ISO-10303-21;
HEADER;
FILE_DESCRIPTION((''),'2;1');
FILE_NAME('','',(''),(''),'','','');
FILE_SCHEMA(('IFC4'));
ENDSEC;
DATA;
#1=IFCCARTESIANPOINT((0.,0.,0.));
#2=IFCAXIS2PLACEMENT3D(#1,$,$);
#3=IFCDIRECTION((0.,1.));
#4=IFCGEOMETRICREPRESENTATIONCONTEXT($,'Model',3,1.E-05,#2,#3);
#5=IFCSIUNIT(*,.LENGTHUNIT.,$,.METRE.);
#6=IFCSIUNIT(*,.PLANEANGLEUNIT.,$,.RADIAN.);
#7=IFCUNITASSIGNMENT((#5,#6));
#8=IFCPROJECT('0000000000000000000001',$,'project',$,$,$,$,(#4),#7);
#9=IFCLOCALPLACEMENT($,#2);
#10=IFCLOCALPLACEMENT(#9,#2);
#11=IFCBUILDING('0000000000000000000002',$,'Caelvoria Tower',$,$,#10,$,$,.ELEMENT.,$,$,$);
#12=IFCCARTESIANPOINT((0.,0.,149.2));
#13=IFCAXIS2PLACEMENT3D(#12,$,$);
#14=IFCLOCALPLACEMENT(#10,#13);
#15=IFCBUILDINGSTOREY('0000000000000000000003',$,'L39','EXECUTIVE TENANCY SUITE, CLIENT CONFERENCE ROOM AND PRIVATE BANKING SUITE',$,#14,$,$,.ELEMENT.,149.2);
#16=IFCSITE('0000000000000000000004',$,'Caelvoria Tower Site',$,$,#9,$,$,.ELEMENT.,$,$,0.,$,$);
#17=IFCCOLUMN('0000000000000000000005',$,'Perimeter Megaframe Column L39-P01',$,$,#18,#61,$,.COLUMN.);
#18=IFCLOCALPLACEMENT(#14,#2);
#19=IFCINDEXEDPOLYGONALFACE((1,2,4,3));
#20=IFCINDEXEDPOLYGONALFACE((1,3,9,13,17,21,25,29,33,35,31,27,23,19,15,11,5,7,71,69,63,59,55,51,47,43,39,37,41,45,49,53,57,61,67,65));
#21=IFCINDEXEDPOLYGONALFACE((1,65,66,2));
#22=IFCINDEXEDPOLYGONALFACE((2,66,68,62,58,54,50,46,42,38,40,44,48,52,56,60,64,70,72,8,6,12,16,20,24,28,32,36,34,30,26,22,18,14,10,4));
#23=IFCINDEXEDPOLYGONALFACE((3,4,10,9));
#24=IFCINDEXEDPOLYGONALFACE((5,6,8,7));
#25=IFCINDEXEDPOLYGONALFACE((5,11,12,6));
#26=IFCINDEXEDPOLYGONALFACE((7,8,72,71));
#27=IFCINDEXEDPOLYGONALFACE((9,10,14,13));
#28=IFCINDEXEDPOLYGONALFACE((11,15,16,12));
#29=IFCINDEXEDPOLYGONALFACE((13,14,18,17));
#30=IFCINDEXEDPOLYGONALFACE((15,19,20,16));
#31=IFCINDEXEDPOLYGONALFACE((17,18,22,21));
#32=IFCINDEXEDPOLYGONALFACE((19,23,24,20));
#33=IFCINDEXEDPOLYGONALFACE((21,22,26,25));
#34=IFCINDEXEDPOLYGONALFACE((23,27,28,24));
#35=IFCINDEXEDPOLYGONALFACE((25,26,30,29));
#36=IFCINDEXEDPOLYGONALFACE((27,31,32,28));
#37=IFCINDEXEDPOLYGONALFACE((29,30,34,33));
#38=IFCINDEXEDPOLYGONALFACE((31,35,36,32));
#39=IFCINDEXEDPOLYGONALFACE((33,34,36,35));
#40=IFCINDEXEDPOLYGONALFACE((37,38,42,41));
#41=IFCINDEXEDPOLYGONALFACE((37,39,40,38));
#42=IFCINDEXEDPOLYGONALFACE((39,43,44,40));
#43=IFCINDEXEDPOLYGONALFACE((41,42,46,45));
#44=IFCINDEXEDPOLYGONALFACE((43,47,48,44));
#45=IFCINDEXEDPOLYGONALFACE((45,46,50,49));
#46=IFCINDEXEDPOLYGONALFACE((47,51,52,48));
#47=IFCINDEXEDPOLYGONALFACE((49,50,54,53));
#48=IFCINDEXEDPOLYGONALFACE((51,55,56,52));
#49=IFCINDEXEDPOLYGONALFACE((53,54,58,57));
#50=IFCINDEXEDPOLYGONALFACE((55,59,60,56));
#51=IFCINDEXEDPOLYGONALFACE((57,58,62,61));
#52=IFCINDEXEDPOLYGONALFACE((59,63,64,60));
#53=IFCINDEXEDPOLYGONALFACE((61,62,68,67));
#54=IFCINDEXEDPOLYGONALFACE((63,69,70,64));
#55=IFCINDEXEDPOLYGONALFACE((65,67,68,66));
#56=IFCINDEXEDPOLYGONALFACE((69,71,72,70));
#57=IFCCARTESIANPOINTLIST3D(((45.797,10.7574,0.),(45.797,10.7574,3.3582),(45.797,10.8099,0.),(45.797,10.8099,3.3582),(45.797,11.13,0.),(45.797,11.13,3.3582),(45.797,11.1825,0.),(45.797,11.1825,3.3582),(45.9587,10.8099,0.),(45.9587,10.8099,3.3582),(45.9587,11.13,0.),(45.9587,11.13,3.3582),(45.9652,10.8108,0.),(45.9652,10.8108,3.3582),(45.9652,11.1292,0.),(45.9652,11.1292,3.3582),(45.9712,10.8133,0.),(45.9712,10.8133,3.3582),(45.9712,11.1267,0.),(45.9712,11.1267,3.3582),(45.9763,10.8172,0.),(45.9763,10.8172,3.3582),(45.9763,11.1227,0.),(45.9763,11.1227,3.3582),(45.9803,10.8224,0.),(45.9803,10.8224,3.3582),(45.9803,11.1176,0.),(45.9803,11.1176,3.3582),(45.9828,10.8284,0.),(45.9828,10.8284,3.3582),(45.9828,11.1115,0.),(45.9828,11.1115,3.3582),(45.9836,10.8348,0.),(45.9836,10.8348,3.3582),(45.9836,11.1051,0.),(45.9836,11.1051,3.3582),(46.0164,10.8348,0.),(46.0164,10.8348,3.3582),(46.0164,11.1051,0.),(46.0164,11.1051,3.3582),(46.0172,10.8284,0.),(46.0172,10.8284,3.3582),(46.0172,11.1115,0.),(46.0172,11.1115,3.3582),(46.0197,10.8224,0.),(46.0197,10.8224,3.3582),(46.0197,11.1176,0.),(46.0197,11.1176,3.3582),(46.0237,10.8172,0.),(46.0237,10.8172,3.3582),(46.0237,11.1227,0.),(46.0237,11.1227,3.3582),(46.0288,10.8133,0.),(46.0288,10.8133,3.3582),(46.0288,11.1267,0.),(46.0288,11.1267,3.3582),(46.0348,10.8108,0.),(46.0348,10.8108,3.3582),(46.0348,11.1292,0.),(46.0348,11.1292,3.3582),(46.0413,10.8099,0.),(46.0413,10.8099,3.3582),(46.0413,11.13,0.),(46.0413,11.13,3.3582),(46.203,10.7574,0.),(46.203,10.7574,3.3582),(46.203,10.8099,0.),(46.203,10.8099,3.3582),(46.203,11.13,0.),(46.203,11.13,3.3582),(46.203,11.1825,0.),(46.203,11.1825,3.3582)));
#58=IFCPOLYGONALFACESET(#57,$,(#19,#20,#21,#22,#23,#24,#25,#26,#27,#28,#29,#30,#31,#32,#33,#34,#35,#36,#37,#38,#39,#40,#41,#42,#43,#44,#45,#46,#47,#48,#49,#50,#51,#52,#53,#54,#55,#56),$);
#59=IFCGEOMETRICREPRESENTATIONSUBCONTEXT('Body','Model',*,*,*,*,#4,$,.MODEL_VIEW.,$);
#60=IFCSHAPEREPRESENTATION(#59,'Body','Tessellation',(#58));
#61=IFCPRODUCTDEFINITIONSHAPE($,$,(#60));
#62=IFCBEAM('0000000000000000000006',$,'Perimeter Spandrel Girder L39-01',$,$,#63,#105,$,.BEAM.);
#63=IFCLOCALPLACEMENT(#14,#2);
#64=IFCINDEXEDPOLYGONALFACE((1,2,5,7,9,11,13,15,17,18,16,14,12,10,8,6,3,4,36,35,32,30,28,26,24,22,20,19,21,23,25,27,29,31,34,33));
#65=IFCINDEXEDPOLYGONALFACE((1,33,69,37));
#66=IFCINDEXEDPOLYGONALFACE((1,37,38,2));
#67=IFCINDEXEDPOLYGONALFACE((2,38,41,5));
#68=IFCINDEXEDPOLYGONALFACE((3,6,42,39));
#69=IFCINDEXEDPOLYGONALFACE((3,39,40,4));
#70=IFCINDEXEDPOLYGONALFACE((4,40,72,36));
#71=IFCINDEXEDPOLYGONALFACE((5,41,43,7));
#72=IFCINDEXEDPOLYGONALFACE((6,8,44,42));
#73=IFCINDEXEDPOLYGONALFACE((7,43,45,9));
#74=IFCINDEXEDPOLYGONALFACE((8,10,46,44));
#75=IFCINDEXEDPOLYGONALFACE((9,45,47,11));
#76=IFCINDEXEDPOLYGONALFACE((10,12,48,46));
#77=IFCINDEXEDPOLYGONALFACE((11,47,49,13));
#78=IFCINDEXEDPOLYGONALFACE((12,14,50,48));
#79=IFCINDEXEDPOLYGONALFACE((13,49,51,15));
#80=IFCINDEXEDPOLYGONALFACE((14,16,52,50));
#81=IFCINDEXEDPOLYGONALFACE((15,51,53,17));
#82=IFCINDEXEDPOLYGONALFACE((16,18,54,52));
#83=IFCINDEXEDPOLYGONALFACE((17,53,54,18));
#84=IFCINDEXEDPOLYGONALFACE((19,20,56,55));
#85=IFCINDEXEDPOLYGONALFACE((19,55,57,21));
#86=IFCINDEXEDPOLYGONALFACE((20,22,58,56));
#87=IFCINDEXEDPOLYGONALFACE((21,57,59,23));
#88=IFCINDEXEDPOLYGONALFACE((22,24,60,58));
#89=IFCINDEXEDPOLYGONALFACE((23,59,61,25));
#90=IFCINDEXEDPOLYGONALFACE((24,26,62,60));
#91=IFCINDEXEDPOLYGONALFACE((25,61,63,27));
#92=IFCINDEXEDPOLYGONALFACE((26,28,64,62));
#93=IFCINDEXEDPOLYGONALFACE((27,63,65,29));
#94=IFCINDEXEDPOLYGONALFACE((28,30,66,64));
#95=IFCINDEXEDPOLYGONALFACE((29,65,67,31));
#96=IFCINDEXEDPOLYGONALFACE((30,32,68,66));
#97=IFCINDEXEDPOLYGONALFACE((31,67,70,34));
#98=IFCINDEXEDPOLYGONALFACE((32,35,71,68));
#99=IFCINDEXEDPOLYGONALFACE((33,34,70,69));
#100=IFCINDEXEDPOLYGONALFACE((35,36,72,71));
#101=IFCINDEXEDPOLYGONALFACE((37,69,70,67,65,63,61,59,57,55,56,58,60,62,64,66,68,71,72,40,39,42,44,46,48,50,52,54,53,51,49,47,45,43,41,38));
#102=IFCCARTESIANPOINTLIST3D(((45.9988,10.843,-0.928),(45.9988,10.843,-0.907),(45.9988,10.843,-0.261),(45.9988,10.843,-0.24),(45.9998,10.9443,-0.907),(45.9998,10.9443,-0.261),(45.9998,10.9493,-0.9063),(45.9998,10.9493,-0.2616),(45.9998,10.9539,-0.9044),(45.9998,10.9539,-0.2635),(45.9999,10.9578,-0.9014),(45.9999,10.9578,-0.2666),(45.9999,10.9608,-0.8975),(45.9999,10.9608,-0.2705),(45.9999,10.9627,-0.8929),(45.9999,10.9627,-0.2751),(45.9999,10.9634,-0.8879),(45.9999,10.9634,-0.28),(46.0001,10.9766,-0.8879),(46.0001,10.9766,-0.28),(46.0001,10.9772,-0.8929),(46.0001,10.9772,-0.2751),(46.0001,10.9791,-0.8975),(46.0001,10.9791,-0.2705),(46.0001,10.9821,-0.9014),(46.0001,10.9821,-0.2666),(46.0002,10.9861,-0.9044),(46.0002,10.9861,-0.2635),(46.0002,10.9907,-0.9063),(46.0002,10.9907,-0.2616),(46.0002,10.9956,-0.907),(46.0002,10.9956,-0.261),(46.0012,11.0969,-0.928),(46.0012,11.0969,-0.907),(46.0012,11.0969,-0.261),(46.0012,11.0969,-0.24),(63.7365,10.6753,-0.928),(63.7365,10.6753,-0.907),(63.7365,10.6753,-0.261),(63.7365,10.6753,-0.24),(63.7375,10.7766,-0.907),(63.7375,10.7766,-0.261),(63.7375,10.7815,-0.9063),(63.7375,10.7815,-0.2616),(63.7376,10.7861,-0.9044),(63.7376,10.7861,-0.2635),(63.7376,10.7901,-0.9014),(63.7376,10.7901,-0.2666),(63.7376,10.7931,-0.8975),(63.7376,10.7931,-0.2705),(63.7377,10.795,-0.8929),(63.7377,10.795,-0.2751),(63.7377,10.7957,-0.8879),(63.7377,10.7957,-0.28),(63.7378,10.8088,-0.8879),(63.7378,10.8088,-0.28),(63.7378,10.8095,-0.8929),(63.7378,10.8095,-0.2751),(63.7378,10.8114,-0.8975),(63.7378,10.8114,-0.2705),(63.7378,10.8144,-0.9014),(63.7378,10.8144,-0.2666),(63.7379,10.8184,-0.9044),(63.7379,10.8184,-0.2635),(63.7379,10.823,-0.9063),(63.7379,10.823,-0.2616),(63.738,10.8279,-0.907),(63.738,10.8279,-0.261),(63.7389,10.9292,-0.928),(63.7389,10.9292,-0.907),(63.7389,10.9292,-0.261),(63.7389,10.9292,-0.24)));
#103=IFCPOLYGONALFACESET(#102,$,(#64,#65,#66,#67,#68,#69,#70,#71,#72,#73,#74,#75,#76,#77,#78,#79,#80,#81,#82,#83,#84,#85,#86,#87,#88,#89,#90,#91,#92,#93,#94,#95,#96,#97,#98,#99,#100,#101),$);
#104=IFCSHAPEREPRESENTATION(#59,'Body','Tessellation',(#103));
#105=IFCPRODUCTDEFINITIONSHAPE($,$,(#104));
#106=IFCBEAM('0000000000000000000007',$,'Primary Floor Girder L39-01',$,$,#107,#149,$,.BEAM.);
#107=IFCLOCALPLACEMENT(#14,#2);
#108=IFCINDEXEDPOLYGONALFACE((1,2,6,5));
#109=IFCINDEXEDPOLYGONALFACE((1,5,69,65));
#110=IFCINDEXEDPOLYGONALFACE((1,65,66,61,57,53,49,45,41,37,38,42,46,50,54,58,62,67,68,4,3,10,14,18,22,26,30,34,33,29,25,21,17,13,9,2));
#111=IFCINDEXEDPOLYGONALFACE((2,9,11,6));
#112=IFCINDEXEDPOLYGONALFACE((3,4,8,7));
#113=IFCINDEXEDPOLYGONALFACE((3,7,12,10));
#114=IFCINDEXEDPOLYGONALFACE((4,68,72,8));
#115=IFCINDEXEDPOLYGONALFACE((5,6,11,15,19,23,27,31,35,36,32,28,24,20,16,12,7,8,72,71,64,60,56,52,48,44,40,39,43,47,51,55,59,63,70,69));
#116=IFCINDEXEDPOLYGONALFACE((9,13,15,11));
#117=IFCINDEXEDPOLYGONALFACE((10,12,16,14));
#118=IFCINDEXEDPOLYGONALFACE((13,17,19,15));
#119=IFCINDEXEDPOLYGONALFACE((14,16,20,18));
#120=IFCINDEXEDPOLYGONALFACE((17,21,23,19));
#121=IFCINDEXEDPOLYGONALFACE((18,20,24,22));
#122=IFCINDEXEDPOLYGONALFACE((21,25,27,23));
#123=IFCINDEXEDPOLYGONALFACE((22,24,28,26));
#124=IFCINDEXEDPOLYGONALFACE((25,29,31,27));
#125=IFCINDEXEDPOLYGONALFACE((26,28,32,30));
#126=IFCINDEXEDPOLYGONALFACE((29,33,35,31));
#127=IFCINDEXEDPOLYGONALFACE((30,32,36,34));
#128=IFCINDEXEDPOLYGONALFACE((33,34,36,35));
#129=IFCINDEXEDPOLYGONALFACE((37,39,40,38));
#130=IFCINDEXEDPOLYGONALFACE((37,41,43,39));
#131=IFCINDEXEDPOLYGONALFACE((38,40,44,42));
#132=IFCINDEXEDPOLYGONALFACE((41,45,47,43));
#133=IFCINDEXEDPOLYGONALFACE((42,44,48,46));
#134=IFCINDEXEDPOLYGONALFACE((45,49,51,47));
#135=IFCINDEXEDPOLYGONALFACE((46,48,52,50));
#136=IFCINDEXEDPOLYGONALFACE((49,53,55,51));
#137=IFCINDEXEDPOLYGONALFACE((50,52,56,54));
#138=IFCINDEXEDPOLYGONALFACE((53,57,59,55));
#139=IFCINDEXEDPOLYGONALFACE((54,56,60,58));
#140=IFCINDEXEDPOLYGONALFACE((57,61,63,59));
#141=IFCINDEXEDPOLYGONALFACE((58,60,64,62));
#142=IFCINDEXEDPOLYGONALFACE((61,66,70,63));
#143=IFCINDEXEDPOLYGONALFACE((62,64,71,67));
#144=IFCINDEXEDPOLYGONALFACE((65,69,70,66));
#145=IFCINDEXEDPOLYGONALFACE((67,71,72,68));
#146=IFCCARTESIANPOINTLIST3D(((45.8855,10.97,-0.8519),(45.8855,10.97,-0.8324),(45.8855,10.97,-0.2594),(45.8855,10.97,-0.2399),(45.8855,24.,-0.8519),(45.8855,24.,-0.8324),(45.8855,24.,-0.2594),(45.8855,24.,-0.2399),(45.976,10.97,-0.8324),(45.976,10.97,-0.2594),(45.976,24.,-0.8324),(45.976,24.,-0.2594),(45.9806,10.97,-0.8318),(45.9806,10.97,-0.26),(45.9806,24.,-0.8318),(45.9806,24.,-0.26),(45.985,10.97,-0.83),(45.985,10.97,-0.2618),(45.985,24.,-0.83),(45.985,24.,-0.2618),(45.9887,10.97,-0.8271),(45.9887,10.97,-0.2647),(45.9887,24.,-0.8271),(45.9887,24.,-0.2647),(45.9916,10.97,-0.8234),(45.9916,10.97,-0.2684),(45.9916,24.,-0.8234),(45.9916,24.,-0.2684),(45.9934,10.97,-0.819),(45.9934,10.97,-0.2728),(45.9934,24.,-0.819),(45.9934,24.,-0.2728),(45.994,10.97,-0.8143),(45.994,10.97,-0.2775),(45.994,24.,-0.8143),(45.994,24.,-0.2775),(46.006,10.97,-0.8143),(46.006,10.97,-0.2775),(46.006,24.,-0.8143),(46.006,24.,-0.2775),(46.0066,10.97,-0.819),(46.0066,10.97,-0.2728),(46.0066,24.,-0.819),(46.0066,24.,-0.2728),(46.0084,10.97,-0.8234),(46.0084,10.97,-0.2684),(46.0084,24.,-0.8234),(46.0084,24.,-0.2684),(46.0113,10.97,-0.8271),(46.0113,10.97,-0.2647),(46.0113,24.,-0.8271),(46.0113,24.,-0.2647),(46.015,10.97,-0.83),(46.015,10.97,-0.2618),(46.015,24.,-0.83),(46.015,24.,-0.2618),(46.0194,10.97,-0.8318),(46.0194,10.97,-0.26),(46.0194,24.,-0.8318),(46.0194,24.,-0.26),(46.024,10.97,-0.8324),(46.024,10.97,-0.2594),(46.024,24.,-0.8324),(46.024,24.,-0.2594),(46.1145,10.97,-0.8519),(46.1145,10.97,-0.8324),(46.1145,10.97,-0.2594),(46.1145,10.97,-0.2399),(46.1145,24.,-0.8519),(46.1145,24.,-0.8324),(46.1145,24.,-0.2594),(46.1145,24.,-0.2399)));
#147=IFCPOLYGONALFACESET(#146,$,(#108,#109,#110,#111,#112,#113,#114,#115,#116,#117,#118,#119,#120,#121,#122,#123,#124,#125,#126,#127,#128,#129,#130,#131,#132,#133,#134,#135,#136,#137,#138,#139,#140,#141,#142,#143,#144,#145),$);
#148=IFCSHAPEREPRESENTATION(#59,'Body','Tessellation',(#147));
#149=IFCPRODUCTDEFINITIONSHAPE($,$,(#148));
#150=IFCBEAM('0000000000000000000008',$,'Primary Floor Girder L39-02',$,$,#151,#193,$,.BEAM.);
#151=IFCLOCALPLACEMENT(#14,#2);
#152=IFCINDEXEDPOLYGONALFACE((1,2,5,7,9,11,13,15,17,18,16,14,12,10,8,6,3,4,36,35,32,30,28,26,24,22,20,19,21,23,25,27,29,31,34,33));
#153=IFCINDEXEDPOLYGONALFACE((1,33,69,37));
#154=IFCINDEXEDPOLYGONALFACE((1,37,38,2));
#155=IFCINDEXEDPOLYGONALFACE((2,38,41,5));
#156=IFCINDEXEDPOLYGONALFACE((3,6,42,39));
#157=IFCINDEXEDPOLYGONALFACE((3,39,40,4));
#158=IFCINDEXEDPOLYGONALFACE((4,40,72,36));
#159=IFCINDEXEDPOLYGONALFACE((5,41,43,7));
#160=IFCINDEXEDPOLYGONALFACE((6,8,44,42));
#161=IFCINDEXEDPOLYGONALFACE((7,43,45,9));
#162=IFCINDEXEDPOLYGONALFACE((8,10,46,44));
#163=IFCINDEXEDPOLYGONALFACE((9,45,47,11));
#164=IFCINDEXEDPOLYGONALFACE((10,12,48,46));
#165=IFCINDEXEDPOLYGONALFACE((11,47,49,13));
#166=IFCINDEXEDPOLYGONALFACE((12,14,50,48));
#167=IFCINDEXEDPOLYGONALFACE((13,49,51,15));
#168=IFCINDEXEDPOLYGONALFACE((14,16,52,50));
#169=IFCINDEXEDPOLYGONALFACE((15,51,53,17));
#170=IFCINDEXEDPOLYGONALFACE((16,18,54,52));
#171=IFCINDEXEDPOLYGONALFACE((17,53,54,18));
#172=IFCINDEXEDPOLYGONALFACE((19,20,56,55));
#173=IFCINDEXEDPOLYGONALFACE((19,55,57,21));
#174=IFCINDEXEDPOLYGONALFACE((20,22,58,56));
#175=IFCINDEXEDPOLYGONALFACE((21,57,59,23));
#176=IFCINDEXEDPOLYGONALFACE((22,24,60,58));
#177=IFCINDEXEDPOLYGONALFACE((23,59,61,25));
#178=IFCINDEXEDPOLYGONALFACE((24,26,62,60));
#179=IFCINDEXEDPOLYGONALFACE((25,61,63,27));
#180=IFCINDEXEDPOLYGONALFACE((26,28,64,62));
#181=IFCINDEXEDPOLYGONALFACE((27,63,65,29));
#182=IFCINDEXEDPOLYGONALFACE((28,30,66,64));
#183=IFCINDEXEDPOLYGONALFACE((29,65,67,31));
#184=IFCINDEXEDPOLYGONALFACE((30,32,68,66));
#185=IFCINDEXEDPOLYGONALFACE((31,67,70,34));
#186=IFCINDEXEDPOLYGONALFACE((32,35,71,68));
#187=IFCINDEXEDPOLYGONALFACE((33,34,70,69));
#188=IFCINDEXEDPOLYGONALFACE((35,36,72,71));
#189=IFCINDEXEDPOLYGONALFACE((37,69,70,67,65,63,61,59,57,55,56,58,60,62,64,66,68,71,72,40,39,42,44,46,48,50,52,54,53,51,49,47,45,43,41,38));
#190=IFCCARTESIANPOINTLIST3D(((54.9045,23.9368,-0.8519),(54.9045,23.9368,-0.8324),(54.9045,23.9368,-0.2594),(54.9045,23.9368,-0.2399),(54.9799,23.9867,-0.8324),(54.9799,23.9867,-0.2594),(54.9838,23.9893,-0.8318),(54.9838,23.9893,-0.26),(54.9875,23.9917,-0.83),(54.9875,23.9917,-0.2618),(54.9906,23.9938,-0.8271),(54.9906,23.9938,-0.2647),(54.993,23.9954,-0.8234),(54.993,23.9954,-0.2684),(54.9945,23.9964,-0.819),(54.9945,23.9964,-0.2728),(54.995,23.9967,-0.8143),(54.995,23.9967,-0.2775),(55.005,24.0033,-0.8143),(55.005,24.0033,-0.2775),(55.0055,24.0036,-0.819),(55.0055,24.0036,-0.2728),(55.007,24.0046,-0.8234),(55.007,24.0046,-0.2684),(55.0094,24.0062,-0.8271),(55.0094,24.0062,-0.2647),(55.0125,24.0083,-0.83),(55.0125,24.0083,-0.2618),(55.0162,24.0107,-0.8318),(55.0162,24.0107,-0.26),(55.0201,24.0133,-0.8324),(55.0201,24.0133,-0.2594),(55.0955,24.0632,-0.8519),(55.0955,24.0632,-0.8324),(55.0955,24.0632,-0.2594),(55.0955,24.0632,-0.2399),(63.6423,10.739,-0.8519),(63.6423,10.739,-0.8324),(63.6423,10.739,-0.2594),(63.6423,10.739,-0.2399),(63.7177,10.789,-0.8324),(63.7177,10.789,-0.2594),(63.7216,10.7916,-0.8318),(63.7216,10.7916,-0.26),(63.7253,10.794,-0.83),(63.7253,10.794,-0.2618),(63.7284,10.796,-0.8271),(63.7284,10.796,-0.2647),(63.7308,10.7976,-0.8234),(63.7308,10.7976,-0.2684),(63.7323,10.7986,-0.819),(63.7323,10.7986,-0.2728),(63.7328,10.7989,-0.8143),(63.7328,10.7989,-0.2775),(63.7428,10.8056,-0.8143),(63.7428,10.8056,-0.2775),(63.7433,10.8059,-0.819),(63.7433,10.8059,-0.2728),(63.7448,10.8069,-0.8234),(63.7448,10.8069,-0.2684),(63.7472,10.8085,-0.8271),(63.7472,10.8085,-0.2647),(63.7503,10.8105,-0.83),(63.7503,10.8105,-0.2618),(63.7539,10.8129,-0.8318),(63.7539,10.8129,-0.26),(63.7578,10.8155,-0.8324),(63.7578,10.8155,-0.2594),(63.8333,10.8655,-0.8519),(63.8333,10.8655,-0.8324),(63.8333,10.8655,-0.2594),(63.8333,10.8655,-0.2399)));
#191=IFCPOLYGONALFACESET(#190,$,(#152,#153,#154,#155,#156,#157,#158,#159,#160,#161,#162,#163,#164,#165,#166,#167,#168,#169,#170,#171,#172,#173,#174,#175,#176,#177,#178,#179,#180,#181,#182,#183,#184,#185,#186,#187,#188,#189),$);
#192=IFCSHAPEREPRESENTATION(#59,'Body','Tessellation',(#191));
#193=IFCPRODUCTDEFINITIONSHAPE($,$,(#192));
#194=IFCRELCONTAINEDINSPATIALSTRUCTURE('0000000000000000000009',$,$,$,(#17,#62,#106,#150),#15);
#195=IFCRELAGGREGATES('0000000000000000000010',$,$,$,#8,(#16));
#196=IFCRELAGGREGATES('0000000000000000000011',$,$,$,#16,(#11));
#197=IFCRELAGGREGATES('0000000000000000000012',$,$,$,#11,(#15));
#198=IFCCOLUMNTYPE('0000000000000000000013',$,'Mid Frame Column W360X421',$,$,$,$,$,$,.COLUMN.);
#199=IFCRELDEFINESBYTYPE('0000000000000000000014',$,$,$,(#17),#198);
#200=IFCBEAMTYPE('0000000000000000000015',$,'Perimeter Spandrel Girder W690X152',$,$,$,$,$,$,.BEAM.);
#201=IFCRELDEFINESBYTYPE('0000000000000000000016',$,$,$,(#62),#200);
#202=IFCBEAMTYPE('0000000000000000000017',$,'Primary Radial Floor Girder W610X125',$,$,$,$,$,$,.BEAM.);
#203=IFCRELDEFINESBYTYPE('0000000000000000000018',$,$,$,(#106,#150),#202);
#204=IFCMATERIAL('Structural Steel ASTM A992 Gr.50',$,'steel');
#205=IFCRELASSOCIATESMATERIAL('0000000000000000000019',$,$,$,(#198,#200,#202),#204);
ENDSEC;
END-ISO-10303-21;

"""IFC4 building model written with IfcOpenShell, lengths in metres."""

from ifc_helpers import new_model, si_unit, direction, frame, origin, origin_2d, place, context, subcontext, project, spatial, i_section, extrude, material, material_profile, profile_set, type_object, element, save


model = new_model("IFC4")

# Units and contexts
model_context = context("Model", 3, precision=1e-05, world=origin(), true_north=direction((0.0, 1.0)))
body_context = subcontext(model_context, "Body", "Model", "MODEL_VIEW")
ifc_project = project(units=[si_unit("LENGTHUNIT", "METRE"), si_unit("PLANEANGLEUNIT", "RADIAN")], contexts=[model_context])

# Site, building, storey
site_placement = place(None, origin())
site = spatial("IfcSite", under=ifc_project, at=site_placement, Name="Caelvoria Tower Site", CompositionType="ELEMENT", RefElevation=0.0)
building_placement = place(site_placement, origin())
building = spatial("IfcBuilding", under=site, at=building_placement, Name="Caelvoria Tower", CompositionType="ELEMENT")
storey_placement = place(building_placement, frame((0.0, 0.0, 149.2)))
storey = spatial("IfcBuildingStorey", under=building, at=storey_placement, Name="L39", Description="EXECUTIVE TENANCY SUITE, CLIENT CONFERENCE ROOM AND PRIVATE BANKING SUITE", CompositionType="ELEMENT", Elevation=149.2)

# Column
ifc_material_1 = material(Name="Structural Steel ASTM A992 Gr.50", Category="steel")
ifc_material_profile_1 = material_profile(ifc_material_1, i_section(OverallWidth=0.406, OverallDepth=0.425, WebThickness=0.0327, FlangeThickness=0.0525, FilletRadius=0.0249, at=origin_2d()), Name="Structural Steel ASTM A992 Gr.50")
ifc_profile_set_1 = profile_set([ifc_material_profile_1], Name="W360X421 - Structural Steel ASTM A992 Gr.50")
column_type = type_object("IfcColumnType", Name="Mid Frame Column W360X421", PredefinedType="COLUMN", material=ifc_profile_set_1)
column_placement = place(storey_placement, frame((46.0, 10.97, 0.0), z_axis=(0.0, 0.0, 1.0), x_axis=(1.0, 0.0, 0.0)))
element("IfcColumn", 1, at=column_placement, inside=storey, type_object=column_type, Name="Perimeter Megaframe Column L39-P01", PredefinedType="COLUMN", context=body_context, shape_type="SweptSolid", body=[
    extrude(i_section(OverallWidth=0.406, OverallDepth=0.425, WebThickness=0.0327, FlangeThickness=0.0525, FilletRadius=0.0249, at=origin_2d()), origin(), (0.0, 0.0, 1.0), 3.3582),
])

# Beams
ifc_material_profile_2 = material_profile(ifc_material_1, i_section(OverallWidth=0.2539, OverallDepth=0.688, WebThickness=0.0132, FlangeThickness=0.021, FilletRadius=0.019, at=origin_2d()), Name="Structural Steel ASTM A992 Gr.50")
ifc_profile_set_2 = profile_set([ifc_material_profile_2], Name="W690X152 - Structural Steel ASTM A992 Gr.50")
beam_type_1 = type_object("IfcBeamType", Name="Perimeter Spandrel Girder W690X152", PredefinedType="BEAM", material=ifc_profile_set_2)
beam_1_placement = place(storey_placement, frame((46.0, 10.97, -0.584), z_axis=(0.999955, -0.009455, 0.0), x_axis=(0.009455, 0.999955, 0.0)))
element("IfcBeam", 2, at=beam_1_placement, inside=storey, type_object=beam_type_1, Name="Perimeter Spandrel Girder L39-01", PredefinedType="BEAM", context=body_context, shape_type="SweptSolid", body=[
    extrude(i_section(OverallWidth=0.2539, OverallDepth=0.688, WebThickness=0.0132, FlangeThickness=0.021, FilletRadius=0.019, at=origin_2d()), origin(), (0.0, 0.0, 1.0), 17.7385),
])
ifc_material_profile_3 = material_profile(ifc_material_1, i_section(OverallWidth=0.229, OverallDepth=0.6121, WebThickness=0.012, FlangeThickness=0.0195, FilletRadius=0.0181, at=origin_2d()), Name="Structural Steel ASTM A992 Gr.50")
ifc_profile_set_3 = profile_set([ifc_material_profile_3], Name="W610X125 - Structural Steel ASTM A992 Gr.50")
beam_type_2 = type_object("IfcBeamType", Name="Primary Radial Floor Girder W610X125", PredefinedType="BEAM", material=ifc_profile_set_3)
beam_2_placement = place(storey_placement, frame((46.0, 24.0, -0.5459), z_axis=(0.0, -1.0, 0.0), x_axis=(1.0, 0.0, 0.0)))
element("IfcBeam", 3, at=beam_2_placement, inside=storey, type_object=beam_type_2, Name="Primary Floor Girder L39-01", PredefinedType="BEAM", context=body_context, shape_type="SweptSolid", body=[
    extrude(i_section(OverallWidth=0.229, OverallDepth=0.6121, WebThickness=0.012, FlangeThickness=0.0195, FilletRadius=0.0181, at=origin_2d()), origin(), (0.0, 0.0, 1.0), 13.03),
])
beam_3_placement = place(storey_placement, frame((55.0, 24.0, -0.5459), z_axis=(0.552042, -0.833816, 0.0), x_axis=(0.833816, 0.552042, 0.0)))
element("IfcBeam", 4, at=beam_3_placement, inside=storey, type_object=beam_type_2, Name="Primary Floor Girder L39-02", PredefinedType="BEAM", context=body_context, shape_type="SweptSolid", body=[
    extrude(i_section(OverallWidth=0.229, OverallDepth=0.6121, WebThickness=0.012, FlangeThickness=0.0195, FilletRadius=0.0181, at=origin_2d()), origin(), (0.0, 0.0, 1.0), 15.8281),
])

save(model, "model.ifc")
